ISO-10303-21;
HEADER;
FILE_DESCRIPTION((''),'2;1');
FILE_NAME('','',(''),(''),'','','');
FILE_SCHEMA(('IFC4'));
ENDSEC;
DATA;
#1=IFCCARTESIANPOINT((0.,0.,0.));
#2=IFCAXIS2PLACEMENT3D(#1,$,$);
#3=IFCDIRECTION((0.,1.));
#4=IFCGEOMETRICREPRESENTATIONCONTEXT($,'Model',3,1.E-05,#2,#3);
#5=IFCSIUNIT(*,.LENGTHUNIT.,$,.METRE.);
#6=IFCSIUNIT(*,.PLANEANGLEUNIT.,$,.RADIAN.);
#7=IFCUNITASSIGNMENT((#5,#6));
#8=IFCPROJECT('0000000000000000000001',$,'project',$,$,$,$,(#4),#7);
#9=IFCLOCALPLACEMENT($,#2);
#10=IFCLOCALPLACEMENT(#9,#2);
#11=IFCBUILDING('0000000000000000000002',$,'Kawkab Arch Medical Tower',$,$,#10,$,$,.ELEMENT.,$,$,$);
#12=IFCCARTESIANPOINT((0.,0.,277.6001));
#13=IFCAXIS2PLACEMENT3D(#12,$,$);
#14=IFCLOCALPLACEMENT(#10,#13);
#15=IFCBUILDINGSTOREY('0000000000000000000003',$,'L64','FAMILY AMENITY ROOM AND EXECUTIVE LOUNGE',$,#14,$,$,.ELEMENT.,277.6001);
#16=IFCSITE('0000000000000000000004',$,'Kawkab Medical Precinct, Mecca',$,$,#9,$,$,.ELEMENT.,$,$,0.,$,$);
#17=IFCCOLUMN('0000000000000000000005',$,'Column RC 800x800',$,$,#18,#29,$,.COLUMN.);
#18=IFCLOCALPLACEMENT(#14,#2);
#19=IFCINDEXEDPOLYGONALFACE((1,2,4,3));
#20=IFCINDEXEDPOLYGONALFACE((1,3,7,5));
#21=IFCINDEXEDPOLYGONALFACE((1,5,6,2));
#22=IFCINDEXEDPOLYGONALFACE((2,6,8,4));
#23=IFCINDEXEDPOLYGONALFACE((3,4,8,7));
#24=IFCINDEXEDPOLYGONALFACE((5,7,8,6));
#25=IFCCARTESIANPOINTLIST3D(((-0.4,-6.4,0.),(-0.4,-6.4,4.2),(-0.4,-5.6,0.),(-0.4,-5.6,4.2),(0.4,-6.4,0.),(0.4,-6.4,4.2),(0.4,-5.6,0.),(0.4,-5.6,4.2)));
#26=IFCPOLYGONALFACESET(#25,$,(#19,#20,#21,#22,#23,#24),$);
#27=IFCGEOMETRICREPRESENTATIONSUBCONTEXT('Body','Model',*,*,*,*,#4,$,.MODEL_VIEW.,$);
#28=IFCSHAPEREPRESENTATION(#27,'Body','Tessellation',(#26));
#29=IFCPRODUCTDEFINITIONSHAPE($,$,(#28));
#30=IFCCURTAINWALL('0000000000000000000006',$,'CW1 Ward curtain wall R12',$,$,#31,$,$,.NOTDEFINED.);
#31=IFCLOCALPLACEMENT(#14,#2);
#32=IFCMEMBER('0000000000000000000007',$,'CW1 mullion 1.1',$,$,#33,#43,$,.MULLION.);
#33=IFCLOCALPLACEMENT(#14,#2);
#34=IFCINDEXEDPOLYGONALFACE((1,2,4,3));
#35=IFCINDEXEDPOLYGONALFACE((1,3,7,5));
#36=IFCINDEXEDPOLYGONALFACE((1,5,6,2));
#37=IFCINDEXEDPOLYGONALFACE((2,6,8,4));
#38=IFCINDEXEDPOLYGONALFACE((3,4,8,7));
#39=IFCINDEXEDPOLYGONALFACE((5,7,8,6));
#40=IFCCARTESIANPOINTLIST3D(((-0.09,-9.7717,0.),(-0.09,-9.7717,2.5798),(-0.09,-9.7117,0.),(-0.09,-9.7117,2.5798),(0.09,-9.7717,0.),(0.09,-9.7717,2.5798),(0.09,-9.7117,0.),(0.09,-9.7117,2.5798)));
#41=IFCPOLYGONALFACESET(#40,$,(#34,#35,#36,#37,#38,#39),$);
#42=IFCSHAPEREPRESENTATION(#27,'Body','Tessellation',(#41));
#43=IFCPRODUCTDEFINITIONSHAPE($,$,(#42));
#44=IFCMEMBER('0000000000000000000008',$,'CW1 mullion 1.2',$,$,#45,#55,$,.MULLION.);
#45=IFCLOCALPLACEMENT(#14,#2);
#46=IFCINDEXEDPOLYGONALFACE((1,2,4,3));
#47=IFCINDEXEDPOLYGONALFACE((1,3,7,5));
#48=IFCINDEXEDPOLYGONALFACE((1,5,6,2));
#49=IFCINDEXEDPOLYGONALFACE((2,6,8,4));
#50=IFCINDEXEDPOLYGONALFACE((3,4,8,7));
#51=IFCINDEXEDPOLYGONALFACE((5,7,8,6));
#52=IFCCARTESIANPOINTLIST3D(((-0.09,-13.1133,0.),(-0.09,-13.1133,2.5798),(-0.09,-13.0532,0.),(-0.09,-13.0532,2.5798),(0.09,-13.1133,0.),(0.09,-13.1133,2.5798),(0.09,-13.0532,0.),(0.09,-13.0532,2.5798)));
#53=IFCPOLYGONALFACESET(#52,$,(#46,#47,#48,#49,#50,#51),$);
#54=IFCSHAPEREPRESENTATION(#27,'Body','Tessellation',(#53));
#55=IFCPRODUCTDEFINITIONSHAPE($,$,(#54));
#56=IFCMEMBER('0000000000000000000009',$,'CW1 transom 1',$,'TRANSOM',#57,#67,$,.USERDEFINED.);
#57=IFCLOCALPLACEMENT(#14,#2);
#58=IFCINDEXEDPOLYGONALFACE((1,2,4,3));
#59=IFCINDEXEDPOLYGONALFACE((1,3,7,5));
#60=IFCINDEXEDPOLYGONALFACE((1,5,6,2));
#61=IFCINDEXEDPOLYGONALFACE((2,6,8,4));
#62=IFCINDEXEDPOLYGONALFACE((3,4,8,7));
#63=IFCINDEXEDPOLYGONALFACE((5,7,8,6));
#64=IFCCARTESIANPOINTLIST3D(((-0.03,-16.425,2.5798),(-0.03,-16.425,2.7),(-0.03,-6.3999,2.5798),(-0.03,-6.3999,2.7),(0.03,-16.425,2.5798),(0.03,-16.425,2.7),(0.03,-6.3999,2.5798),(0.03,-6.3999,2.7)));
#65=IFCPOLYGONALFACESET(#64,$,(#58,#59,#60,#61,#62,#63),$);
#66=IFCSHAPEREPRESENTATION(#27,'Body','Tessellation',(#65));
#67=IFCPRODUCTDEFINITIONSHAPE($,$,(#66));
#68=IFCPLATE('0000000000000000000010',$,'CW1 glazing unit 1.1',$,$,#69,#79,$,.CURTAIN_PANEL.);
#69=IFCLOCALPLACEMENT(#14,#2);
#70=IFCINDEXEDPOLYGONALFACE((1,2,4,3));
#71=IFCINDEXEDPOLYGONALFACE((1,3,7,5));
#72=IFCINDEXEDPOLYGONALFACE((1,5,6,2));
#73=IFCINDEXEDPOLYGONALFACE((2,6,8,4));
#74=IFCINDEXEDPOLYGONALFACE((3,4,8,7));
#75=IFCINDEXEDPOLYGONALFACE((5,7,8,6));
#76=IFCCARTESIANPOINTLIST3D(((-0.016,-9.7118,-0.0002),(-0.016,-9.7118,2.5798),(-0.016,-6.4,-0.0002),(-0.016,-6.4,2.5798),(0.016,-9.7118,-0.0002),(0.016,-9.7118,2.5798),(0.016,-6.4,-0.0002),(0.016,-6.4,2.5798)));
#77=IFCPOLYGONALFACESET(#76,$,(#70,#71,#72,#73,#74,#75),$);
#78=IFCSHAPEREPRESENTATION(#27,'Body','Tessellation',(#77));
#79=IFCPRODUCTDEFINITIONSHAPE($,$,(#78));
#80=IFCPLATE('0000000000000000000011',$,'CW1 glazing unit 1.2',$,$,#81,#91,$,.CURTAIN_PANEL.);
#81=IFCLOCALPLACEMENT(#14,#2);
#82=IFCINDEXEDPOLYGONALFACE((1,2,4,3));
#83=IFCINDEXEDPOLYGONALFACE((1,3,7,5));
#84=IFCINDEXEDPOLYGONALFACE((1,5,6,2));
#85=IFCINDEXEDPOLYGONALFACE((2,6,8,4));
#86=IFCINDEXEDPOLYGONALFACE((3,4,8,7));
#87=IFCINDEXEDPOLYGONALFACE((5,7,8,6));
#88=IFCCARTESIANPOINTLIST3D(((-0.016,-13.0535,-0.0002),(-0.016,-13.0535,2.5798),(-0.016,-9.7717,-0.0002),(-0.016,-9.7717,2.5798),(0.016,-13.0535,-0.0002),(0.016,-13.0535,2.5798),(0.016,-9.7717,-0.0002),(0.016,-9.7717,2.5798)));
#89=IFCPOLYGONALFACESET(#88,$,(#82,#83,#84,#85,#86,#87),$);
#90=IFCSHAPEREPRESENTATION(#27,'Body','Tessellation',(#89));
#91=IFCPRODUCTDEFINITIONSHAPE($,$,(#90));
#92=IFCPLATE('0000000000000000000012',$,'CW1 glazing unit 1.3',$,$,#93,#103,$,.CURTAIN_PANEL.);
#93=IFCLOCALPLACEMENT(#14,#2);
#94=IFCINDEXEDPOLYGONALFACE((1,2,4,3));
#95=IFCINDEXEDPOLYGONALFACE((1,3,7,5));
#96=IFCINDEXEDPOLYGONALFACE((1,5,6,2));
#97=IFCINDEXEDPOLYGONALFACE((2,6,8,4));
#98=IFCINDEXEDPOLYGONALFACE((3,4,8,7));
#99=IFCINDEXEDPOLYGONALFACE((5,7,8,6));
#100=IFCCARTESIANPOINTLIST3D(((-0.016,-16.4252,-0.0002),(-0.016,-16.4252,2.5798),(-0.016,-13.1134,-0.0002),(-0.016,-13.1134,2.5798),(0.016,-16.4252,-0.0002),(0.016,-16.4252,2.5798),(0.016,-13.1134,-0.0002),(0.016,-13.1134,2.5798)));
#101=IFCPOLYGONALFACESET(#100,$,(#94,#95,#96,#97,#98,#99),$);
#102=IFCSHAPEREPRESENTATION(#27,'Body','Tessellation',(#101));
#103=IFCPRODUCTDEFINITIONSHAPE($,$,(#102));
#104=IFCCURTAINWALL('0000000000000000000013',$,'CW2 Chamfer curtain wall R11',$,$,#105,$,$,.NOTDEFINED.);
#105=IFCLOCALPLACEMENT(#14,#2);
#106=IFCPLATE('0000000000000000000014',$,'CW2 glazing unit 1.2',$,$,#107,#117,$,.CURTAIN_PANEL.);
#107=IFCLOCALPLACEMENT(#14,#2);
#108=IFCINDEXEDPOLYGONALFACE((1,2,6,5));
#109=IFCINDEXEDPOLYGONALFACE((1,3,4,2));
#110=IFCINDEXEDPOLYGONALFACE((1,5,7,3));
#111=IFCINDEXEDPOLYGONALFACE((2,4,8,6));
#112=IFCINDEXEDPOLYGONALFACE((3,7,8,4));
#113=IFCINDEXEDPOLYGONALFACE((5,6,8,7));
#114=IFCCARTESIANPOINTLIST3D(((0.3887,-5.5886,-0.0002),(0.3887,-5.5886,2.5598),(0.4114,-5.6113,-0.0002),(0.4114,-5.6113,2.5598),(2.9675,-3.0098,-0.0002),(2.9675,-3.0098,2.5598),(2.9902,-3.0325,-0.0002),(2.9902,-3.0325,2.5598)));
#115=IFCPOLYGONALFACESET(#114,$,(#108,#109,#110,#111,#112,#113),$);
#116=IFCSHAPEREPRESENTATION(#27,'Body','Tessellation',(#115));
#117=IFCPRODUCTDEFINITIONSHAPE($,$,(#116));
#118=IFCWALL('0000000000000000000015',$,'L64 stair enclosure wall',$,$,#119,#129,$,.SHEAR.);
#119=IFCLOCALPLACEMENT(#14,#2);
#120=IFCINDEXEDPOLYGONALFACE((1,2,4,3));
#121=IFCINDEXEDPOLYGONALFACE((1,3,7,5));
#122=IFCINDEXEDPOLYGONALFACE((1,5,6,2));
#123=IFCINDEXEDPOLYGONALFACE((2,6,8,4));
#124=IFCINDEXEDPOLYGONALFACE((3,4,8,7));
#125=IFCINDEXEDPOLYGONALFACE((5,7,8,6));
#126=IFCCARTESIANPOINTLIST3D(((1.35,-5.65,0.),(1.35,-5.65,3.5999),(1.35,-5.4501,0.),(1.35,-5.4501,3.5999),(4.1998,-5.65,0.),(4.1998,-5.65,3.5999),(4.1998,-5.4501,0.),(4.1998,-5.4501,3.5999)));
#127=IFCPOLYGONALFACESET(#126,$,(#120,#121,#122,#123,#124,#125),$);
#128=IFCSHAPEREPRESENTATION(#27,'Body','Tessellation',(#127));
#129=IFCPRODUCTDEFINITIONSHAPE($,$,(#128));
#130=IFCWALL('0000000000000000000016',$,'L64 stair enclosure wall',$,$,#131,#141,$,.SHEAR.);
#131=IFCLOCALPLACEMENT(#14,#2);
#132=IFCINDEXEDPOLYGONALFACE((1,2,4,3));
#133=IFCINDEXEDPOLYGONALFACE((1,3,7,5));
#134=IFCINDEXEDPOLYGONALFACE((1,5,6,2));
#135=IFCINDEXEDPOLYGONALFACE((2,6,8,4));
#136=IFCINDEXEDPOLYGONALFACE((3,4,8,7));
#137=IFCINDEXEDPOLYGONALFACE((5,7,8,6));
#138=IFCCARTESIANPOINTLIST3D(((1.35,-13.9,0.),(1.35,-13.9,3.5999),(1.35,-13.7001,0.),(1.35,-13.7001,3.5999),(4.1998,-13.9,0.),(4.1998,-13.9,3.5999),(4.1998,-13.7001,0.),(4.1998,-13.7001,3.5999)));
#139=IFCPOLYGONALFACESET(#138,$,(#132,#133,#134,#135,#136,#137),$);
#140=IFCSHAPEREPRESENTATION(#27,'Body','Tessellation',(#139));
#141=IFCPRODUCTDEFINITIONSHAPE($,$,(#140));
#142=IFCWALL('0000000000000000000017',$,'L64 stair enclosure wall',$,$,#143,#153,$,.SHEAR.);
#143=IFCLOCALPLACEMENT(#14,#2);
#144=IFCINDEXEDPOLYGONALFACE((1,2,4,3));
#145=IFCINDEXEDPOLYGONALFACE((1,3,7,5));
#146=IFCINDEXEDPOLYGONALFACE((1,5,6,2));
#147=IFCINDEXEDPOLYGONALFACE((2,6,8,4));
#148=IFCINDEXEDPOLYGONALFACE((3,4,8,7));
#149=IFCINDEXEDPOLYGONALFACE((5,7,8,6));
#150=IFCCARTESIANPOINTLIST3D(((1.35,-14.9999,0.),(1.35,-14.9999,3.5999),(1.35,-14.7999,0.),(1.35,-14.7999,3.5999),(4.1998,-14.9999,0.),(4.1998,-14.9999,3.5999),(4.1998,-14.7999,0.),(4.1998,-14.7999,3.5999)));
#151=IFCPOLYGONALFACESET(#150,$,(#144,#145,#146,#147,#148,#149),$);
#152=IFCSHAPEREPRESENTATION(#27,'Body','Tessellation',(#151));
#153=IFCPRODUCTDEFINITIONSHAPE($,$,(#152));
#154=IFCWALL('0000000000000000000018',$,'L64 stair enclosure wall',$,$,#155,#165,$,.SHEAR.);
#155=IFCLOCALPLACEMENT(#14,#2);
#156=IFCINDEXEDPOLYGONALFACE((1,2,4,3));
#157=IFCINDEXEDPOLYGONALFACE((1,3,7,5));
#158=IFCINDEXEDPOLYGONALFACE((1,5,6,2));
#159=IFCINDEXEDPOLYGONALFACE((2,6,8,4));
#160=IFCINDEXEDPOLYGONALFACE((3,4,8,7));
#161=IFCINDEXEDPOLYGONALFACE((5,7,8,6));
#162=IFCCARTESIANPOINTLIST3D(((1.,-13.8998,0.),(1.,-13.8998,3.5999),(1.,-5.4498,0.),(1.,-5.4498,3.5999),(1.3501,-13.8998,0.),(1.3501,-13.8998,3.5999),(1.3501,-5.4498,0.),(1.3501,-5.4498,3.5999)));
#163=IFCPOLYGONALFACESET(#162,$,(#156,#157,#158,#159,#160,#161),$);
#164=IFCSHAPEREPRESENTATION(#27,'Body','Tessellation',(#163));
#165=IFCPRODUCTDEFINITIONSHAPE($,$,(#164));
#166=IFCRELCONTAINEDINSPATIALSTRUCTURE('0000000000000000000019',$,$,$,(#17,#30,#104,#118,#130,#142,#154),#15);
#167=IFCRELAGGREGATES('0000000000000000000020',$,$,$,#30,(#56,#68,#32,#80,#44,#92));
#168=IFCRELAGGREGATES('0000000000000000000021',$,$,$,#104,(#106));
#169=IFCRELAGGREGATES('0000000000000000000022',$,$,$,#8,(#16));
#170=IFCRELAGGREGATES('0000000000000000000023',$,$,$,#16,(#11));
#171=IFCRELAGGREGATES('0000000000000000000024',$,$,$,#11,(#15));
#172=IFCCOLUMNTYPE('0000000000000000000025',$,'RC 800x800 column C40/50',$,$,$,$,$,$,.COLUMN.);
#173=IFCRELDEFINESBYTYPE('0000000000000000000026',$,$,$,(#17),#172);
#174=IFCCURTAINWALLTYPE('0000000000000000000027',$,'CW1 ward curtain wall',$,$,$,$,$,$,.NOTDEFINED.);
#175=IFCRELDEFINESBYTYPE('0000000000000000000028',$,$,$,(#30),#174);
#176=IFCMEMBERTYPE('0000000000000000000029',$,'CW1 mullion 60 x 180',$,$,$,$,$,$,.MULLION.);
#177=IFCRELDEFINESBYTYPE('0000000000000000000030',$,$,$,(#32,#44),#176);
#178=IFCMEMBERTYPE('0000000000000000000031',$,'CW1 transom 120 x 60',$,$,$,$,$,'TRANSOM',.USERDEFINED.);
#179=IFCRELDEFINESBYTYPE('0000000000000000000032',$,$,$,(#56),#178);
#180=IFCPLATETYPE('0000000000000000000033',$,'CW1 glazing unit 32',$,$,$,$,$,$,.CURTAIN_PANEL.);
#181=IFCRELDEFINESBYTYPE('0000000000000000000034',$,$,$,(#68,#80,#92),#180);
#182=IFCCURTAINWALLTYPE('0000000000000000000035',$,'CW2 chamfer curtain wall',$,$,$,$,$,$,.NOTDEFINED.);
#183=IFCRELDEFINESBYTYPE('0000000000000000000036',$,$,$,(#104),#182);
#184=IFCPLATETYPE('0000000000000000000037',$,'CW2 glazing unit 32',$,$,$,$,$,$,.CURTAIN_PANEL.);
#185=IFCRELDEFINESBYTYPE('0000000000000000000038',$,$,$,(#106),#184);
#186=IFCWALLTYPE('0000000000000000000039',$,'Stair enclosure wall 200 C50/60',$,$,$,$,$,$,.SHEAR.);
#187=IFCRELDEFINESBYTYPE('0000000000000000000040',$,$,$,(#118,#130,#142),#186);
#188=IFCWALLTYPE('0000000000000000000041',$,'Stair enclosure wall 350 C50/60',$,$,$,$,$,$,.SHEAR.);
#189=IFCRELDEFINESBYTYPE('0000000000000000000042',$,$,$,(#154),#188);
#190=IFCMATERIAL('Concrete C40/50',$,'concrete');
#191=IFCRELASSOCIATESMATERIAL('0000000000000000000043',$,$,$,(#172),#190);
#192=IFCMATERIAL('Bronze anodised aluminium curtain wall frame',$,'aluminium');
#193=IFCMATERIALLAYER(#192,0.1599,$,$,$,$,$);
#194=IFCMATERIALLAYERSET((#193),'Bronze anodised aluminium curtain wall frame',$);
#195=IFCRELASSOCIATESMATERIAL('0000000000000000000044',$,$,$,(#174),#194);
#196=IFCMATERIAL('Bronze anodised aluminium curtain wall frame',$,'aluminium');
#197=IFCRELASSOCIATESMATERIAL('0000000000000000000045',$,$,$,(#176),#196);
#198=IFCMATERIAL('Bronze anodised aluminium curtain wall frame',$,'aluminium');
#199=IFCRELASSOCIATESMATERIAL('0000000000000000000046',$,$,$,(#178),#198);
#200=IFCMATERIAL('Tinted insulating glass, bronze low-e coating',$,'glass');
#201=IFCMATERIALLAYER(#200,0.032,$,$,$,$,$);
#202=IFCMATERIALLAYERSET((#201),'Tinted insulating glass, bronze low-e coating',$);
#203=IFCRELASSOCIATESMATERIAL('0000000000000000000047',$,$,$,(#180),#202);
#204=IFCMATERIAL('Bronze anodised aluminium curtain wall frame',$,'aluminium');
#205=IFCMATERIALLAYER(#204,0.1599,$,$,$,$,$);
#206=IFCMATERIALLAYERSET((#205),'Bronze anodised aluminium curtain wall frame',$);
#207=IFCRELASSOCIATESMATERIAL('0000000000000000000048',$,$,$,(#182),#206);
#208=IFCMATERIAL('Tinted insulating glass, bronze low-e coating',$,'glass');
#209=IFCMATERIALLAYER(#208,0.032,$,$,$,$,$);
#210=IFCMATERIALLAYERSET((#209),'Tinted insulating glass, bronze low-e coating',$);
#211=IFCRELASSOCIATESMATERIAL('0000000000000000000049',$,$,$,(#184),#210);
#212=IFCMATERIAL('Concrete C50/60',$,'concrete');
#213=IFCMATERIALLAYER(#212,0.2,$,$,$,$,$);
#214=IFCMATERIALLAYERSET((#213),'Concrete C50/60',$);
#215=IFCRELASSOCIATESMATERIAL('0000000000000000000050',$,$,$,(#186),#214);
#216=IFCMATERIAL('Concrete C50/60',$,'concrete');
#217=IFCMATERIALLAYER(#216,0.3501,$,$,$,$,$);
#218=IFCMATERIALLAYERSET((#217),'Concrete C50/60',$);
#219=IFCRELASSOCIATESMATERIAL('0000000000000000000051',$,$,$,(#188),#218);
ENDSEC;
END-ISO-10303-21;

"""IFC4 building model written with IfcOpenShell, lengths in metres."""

from ifc_helpers import new_model, si_unit, direction, frame, frame_2d, origin, origin_2d, place, context, subcontext, project, spatial, rectangle, extrude, material, layer, layer_set, material_profile, profile_set, type_object, element, aggregate, save


model = new_model("IFC4")

# Units and contexts
model_context = context("Model", 3, precision=1e-05, world=origin(), true_north=direction((0.0, 1.0)))
body_context = subcontext(model_context, "Body", "Model", "MODEL_VIEW")
ifc_project = project(units=[si_unit("LENGTHUNIT", "METRE"), si_unit("PLANEANGLEUNIT", "RADIAN")], contexts=[model_context])

# Site, building, storey
site_placement = place(None, origin())
site = spatial("IfcSite", under=ifc_project, at=site_placement, Name="Kawkab Medical Precinct, Mecca", CompositionType="ELEMENT", RefElevation=0.0)
building_placement = place(site_placement, origin())
building = spatial("IfcBuilding", under=site, at=building_placement, Name="Kawkab Arch Medical Tower", CompositionType="ELEMENT")
storey_placement = place(building_placement, frame((0.0, 0.0, 277.6001)))
storey = spatial("IfcBuildingStorey", under=building, at=storey_placement, Name="L64", Description="FAMILY AMENITY ROOM AND EXECUTIVE LOUNGE", CompositionType="ELEMENT", Elevation=277.6001)

# Column
ifc_material_1 = material(Name="Concrete C40/50", Category="concrete")
ifc_material_profile_1 = material_profile(ifc_material_1, rectangle(XDim=0.8, YDim=0.8, at=origin_2d()), Name="RC 800x800")
ifc_profile_set_1 = profile_set([ifc_material_profile_1], Name="Concrete C40/50")
column_type = type_object("IfcColumnType", Name="RC 800x800 column C40/50", PredefinedType="COLUMN", material=ifc_profile_set_1)
column_placement = place(storey_placement, frame((0.0, -6.0, 0.0), z_axis=(0.0, 0.0, 1.0), x_axis=(1.0, 0.0, 0.0)))
element("IfcColumn", 1, at=column_placement, inside=storey, type_object=column_type, Name="Column RC 800x800", PredefinedType="COLUMN", context=body_context, shape_type="SweptSolid", body=[
    extrude(rectangle(XDim=0.8, YDim=0.8, at=origin_2d()), origin(), (0.0, 0.0, 1.0), 4.2),
])

# Curtain wall, members, plates
ifc_material_2 = material(Name="Bronze anodised aluminium curtain wall frame", Category="aluminium")
ifc_layer_1 = layer(ifc_material_2, 0.1599)
ifc_layer_set_1 = layer_set([ifc_layer_1], Name="Bronze anodised aluminium curtain wall frame")
curtain_wall_type_1 = type_object("IfcCurtainWallType", Name="CW1 ward curtain wall", PredefinedType="NOTDEFINED", material=ifc_layer_set_1)
placement = place(storey_placement, origin())
curtain_wall_1 = element("IfcCurtainWall", 2, at=placement, inside=storey, type_object=curtain_wall_type_1, Name="CW1 Ward curtain wall R12", PredefinedType="NOTDEFINED")
ifc_material_3 = material(Name="Bronze anodised aluminium curtain wall frame", Category="aluminium")
ifc_material_profile_2 = material_profile(ifc_material_3, rectangle(XDim=0.1799, YDim=0.0601, at=origin_2d()), Name="AL 60x180")
ifc_profile_set_2 = profile_set([ifc_material_profile_2], Name="Bronze anodised aluminium curtain wall frame")
member_type_1 = type_object("IfcMemberType", Name="CW1 mullion 60 x 180", PredefinedType="MULLION", material=ifc_profile_set_2)
member_1_placement = place(storey_placement, frame((0.0, -9.7417, 0.0), z_axis=(0.0, 0.0, 1.0), x_axis=(1.0, 0.0, 0.0)))
member_1 = element("IfcMember", 3, at=member_1_placement, type_object=member_type_1, Name="CW1 mullion 1.1", PredefinedType="MULLION", context=body_context, shape_type="SweptSolid", body=[
    extrude(rectangle(XDim=0.1799, YDim=0.0601, at=origin_2d()), origin(), (0.0, 0.0, 1.0), 2.5798),
])
member_2_placement = place(storey_placement, frame((0.0, -13.0833, 0.0), z_axis=(0.0, 0.0, 1.0), x_axis=(1.0, 0.0, 0.0)))
member_2 = element("IfcMember", 4, at=member_2_placement, type_object=member_type_1, Name="CW1 mullion 1.2", PredefinedType="MULLION", context=body_context, shape_type="SweptSolid", body=[
    extrude(rectangle(XDim=0.1799, YDim=0.0601, at=origin_2d()), origin(), (0.0, 0.0, 1.0), 2.5798),
])
ifc_material_4 = material(Name="Bronze anodised aluminium curtain wall frame", Category="aluminium")
ifc_material_profile_3 = material_profile(ifc_material_4, rectangle(XDim=0.0601, YDim=0.1201, at=origin_2d()), Name="AL 60x120")
ifc_profile_set_3 = profile_set([ifc_material_profile_3], Name="Bronze anodised aluminium curtain wall frame")
member_type_2 = type_object("IfcMemberType", Name="CW1 transom 120 x 60", ElementType="TRANSOM", PredefinedType="USERDEFINED", material=ifc_profile_set_3)
member_3_placement = place(storey_placement, frame((0.0, -6.3999, 2.6399), z_axis=(0.0, -1.0, 0.0), x_axis=(1.0, 0.0, 0.0)))
member_3 = element("IfcMember", 5, at=member_3_placement, type_object=member_type_2, Name="CW1 transom 1", ObjectType="TRANSOM", PredefinedType="USERDEFINED", context=body_context, shape_type="SweptSolid", body=[
    extrude(rectangle(XDim=0.0601, YDim=0.1201, at=origin_2d()), origin(), (0.0, 0.0, 1.0), 10.0251),
])
ifc_material_5 = material(Name="Tinted insulating glass, bronze low-e coating", Category="glass")
ifc_layer_2 = layer(ifc_material_5, 0.032)
ifc_layer_set_2 = layer_set([ifc_layer_2], Name="Tinted insulating glass, bronze low-e coating")
plate_type_1 = type_object("IfcPlateType", Name="CW1 glazing unit 32", PredefinedType="CURTAIN_PANEL", material=ifc_layer_set_2)
plate_1_placement = place(storey_placement, frame((0.0, -8.0559, -0.0002), z_axis=(0.0, 0.0, 1.0), x_axis=(0.0, -1.0, 0.0)))
plate_1 = element("IfcPlate", 6, at=plate_1_placement, type_object=plate_type_1, Name="CW1 glazing unit 1.1", PredefinedType="CURTAIN_PANEL", context=body_context, shape_type="SweptSolid", body=[
    extrude(rectangle(XDim=3.3118, YDim=0.032, at=origin_2d()), origin(), (0.0, 0.0, 1.0), 2.5801),
])
plate_2_placement = place(storey_placement, frame((0.0, -11.4126, -0.0002), z_axis=(0.0, 0.0, 1.0), x_axis=(0.0, -1.0, 0.0)))
plate_2 = element("IfcPlate", 7, at=plate_2_placement, type_object=plate_type_1, Name="CW1 glazing unit 1.2", PredefinedType="CURTAIN_PANEL", context=body_context, shape_type="SweptSolid", body=[
    extrude(rectangle(XDim=3.2817, YDim=0.032, at=origin_2d()), origin(), (0.0, 0.0, 1.0), 2.5801),
])
plate_3_placement = place(storey_placement, frame((0.0, -14.7693, -0.0002), z_axis=(0.0, 0.0, 1.0), x_axis=(0.0, -1.0, 0.0)))
plate_3 = element("IfcPlate", 8, at=plate_3_placement, type_object=plate_type_1, Name="CW1 glazing unit 1.3", PredefinedType="CURTAIN_PANEL", context=body_context, shape_type="SweptSolid", body=[
    extrude(rectangle(XDim=3.3118, YDim=0.032, at=origin_2d()), origin(), (0.0, 0.0, 1.0), 2.5801),
])
aggregate(curtain_wall_1, [member_3, plate_1, member_1, plate_2, member_2, plate_3])

# Curtain wall, plate
ifc_material_6 = material(Name="Bronze anodised aluminium curtain wall frame", Category="aluminium")
ifc_layer_3 = layer(ifc_material_6, 0.1599)
ifc_layer_set_3 = layer_set([ifc_layer_3], Name="Bronze anodised aluminium curtain wall frame")
curtain_wall_type_2 = type_object("IfcCurtainWallType", Name="CW2 chamfer curtain wall", PredefinedType="NOTDEFINED", material=ifc_layer_set_3)
curtain_wall_2 = element("IfcCurtainWall", 9, at=placement, inside=storey, type_object=curtain_wall_type_2, Name="CW2 Chamfer curtain wall R11", PredefinedType="NOTDEFINED")
ifc_material_7 = material(Name="Tinted insulating glass, bronze low-e coating", Category="glass")
ifc_layer_4 = layer(ifc_material_7, 0.032)
ifc_layer_set_4 = layer_set([ifc_layer_4], Name="Tinted insulating glass, bronze low-e coating")
plate_type_2 = type_object("IfcPlateType", Name="CW2 glazing unit 32", PredefinedType="CURTAIN_PANEL", material=ifc_layer_set_4)
plate_4_placement = place(storey_placement, frame((1.6895, -4.3105, -0.0002), z_axis=(0.0, 0.0, 1.0), x_axis=(-0.707107, -0.707107, 0.0)))
plate_4 = element("IfcPlate", 10, at=plate_4_placement, type_object=plate_type_2, Name="CW2 glazing unit 1.2", PredefinedType="CURTAIN_PANEL", context=body_context, shape_type="SweptSolid", body=[
    extrude(rectangle(XDim=3.647, YDim=0.032, at=origin_2d()), origin(), (0.0, 0.0, 1.0), 2.5601),
])
aggregate(curtain_wall_2, [plate_4])

# Walls
ifc_material_8 = material(Name="Concrete C50/60", Category="concrete")
ifc_layer_5 = layer(ifc_material_8, 0.2)
ifc_layer_set_5 = layer_set([ifc_layer_5], Name="Concrete C50/60")
wall_type_1 = type_object("IfcWallType", Name="Stair enclosure wall 200 C50/60", PredefinedType="SHEAR", material=ifc_layer_set_5)
for number, where, z_axis, x_axis, name in (
    (11, (1.3501, -5.55, 0.0), (0.0, 0.0, 1.0), (1.0, 0.0, 0.0), "L64 stair enclosure wall"),
    (12, (1.3501, -13.8, 0.0), (0.0, 0.0, 1.0), (1.0, 0.0, 0.0), "L64 stair enclosure wall"),
    (13, (1.3501, -14.8999, 0.0), (0.0, 0.0, 1.0), (1.0, 0.0, 0.0), "L64 stair enclosure wall"),
):
    element("IfcWall", number, at=place(storey_placement, frame(where, z_axis=z_axis, x_axis=x_axis)), inside=storey, type_object=wall_type_1, Name=name, PredefinedType="SHEAR", context=body_context, shape_type="SweptSolid", body=[
        extrude(rectangle(XDim=2.8499, YDim=0.2, at=frame_2d((1.4248, 0.0))), origin(), (0.0, 0.0, 1.0), 3.5999),
    ])
ifc_material_9 = material(Name="Concrete C50/60", Category="concrete")
ifc_layer_6 = layer(ifc_material_9, 0.3501)
ifc_layer_set_6 = layer_set([ifc_layer_6], Name="Concrete C50/60")
wall_type_2 = type_object("IfcWallType", Name="Stair enclosure wall 350 C50/60", PredefinedType="SHEAR", material=ifc_layer_set_6)
wall_placement = place(storey_placement, frame((1.175, -13.8999, 0.0), z_axis=(0.0, 0.0, 1.0), x_axis=(0.0, 1.0, 0.0)))
element("IfcWall", 14, at=wall_placement, inside=storey, type_object=wall_type_2, Name="L64 stair enclosure wall", PredefinedType="SHEAR", context=body_context, shape_type="SweptSolid", body=[
    extrude(rectangle(XDim=8.45, YDim=0.3501, at=frame_2d((4.2251, 0.0))), origin(), (0.0, 0.0, 1.0), 3.5999),
])

save(model, "model.ifc")
